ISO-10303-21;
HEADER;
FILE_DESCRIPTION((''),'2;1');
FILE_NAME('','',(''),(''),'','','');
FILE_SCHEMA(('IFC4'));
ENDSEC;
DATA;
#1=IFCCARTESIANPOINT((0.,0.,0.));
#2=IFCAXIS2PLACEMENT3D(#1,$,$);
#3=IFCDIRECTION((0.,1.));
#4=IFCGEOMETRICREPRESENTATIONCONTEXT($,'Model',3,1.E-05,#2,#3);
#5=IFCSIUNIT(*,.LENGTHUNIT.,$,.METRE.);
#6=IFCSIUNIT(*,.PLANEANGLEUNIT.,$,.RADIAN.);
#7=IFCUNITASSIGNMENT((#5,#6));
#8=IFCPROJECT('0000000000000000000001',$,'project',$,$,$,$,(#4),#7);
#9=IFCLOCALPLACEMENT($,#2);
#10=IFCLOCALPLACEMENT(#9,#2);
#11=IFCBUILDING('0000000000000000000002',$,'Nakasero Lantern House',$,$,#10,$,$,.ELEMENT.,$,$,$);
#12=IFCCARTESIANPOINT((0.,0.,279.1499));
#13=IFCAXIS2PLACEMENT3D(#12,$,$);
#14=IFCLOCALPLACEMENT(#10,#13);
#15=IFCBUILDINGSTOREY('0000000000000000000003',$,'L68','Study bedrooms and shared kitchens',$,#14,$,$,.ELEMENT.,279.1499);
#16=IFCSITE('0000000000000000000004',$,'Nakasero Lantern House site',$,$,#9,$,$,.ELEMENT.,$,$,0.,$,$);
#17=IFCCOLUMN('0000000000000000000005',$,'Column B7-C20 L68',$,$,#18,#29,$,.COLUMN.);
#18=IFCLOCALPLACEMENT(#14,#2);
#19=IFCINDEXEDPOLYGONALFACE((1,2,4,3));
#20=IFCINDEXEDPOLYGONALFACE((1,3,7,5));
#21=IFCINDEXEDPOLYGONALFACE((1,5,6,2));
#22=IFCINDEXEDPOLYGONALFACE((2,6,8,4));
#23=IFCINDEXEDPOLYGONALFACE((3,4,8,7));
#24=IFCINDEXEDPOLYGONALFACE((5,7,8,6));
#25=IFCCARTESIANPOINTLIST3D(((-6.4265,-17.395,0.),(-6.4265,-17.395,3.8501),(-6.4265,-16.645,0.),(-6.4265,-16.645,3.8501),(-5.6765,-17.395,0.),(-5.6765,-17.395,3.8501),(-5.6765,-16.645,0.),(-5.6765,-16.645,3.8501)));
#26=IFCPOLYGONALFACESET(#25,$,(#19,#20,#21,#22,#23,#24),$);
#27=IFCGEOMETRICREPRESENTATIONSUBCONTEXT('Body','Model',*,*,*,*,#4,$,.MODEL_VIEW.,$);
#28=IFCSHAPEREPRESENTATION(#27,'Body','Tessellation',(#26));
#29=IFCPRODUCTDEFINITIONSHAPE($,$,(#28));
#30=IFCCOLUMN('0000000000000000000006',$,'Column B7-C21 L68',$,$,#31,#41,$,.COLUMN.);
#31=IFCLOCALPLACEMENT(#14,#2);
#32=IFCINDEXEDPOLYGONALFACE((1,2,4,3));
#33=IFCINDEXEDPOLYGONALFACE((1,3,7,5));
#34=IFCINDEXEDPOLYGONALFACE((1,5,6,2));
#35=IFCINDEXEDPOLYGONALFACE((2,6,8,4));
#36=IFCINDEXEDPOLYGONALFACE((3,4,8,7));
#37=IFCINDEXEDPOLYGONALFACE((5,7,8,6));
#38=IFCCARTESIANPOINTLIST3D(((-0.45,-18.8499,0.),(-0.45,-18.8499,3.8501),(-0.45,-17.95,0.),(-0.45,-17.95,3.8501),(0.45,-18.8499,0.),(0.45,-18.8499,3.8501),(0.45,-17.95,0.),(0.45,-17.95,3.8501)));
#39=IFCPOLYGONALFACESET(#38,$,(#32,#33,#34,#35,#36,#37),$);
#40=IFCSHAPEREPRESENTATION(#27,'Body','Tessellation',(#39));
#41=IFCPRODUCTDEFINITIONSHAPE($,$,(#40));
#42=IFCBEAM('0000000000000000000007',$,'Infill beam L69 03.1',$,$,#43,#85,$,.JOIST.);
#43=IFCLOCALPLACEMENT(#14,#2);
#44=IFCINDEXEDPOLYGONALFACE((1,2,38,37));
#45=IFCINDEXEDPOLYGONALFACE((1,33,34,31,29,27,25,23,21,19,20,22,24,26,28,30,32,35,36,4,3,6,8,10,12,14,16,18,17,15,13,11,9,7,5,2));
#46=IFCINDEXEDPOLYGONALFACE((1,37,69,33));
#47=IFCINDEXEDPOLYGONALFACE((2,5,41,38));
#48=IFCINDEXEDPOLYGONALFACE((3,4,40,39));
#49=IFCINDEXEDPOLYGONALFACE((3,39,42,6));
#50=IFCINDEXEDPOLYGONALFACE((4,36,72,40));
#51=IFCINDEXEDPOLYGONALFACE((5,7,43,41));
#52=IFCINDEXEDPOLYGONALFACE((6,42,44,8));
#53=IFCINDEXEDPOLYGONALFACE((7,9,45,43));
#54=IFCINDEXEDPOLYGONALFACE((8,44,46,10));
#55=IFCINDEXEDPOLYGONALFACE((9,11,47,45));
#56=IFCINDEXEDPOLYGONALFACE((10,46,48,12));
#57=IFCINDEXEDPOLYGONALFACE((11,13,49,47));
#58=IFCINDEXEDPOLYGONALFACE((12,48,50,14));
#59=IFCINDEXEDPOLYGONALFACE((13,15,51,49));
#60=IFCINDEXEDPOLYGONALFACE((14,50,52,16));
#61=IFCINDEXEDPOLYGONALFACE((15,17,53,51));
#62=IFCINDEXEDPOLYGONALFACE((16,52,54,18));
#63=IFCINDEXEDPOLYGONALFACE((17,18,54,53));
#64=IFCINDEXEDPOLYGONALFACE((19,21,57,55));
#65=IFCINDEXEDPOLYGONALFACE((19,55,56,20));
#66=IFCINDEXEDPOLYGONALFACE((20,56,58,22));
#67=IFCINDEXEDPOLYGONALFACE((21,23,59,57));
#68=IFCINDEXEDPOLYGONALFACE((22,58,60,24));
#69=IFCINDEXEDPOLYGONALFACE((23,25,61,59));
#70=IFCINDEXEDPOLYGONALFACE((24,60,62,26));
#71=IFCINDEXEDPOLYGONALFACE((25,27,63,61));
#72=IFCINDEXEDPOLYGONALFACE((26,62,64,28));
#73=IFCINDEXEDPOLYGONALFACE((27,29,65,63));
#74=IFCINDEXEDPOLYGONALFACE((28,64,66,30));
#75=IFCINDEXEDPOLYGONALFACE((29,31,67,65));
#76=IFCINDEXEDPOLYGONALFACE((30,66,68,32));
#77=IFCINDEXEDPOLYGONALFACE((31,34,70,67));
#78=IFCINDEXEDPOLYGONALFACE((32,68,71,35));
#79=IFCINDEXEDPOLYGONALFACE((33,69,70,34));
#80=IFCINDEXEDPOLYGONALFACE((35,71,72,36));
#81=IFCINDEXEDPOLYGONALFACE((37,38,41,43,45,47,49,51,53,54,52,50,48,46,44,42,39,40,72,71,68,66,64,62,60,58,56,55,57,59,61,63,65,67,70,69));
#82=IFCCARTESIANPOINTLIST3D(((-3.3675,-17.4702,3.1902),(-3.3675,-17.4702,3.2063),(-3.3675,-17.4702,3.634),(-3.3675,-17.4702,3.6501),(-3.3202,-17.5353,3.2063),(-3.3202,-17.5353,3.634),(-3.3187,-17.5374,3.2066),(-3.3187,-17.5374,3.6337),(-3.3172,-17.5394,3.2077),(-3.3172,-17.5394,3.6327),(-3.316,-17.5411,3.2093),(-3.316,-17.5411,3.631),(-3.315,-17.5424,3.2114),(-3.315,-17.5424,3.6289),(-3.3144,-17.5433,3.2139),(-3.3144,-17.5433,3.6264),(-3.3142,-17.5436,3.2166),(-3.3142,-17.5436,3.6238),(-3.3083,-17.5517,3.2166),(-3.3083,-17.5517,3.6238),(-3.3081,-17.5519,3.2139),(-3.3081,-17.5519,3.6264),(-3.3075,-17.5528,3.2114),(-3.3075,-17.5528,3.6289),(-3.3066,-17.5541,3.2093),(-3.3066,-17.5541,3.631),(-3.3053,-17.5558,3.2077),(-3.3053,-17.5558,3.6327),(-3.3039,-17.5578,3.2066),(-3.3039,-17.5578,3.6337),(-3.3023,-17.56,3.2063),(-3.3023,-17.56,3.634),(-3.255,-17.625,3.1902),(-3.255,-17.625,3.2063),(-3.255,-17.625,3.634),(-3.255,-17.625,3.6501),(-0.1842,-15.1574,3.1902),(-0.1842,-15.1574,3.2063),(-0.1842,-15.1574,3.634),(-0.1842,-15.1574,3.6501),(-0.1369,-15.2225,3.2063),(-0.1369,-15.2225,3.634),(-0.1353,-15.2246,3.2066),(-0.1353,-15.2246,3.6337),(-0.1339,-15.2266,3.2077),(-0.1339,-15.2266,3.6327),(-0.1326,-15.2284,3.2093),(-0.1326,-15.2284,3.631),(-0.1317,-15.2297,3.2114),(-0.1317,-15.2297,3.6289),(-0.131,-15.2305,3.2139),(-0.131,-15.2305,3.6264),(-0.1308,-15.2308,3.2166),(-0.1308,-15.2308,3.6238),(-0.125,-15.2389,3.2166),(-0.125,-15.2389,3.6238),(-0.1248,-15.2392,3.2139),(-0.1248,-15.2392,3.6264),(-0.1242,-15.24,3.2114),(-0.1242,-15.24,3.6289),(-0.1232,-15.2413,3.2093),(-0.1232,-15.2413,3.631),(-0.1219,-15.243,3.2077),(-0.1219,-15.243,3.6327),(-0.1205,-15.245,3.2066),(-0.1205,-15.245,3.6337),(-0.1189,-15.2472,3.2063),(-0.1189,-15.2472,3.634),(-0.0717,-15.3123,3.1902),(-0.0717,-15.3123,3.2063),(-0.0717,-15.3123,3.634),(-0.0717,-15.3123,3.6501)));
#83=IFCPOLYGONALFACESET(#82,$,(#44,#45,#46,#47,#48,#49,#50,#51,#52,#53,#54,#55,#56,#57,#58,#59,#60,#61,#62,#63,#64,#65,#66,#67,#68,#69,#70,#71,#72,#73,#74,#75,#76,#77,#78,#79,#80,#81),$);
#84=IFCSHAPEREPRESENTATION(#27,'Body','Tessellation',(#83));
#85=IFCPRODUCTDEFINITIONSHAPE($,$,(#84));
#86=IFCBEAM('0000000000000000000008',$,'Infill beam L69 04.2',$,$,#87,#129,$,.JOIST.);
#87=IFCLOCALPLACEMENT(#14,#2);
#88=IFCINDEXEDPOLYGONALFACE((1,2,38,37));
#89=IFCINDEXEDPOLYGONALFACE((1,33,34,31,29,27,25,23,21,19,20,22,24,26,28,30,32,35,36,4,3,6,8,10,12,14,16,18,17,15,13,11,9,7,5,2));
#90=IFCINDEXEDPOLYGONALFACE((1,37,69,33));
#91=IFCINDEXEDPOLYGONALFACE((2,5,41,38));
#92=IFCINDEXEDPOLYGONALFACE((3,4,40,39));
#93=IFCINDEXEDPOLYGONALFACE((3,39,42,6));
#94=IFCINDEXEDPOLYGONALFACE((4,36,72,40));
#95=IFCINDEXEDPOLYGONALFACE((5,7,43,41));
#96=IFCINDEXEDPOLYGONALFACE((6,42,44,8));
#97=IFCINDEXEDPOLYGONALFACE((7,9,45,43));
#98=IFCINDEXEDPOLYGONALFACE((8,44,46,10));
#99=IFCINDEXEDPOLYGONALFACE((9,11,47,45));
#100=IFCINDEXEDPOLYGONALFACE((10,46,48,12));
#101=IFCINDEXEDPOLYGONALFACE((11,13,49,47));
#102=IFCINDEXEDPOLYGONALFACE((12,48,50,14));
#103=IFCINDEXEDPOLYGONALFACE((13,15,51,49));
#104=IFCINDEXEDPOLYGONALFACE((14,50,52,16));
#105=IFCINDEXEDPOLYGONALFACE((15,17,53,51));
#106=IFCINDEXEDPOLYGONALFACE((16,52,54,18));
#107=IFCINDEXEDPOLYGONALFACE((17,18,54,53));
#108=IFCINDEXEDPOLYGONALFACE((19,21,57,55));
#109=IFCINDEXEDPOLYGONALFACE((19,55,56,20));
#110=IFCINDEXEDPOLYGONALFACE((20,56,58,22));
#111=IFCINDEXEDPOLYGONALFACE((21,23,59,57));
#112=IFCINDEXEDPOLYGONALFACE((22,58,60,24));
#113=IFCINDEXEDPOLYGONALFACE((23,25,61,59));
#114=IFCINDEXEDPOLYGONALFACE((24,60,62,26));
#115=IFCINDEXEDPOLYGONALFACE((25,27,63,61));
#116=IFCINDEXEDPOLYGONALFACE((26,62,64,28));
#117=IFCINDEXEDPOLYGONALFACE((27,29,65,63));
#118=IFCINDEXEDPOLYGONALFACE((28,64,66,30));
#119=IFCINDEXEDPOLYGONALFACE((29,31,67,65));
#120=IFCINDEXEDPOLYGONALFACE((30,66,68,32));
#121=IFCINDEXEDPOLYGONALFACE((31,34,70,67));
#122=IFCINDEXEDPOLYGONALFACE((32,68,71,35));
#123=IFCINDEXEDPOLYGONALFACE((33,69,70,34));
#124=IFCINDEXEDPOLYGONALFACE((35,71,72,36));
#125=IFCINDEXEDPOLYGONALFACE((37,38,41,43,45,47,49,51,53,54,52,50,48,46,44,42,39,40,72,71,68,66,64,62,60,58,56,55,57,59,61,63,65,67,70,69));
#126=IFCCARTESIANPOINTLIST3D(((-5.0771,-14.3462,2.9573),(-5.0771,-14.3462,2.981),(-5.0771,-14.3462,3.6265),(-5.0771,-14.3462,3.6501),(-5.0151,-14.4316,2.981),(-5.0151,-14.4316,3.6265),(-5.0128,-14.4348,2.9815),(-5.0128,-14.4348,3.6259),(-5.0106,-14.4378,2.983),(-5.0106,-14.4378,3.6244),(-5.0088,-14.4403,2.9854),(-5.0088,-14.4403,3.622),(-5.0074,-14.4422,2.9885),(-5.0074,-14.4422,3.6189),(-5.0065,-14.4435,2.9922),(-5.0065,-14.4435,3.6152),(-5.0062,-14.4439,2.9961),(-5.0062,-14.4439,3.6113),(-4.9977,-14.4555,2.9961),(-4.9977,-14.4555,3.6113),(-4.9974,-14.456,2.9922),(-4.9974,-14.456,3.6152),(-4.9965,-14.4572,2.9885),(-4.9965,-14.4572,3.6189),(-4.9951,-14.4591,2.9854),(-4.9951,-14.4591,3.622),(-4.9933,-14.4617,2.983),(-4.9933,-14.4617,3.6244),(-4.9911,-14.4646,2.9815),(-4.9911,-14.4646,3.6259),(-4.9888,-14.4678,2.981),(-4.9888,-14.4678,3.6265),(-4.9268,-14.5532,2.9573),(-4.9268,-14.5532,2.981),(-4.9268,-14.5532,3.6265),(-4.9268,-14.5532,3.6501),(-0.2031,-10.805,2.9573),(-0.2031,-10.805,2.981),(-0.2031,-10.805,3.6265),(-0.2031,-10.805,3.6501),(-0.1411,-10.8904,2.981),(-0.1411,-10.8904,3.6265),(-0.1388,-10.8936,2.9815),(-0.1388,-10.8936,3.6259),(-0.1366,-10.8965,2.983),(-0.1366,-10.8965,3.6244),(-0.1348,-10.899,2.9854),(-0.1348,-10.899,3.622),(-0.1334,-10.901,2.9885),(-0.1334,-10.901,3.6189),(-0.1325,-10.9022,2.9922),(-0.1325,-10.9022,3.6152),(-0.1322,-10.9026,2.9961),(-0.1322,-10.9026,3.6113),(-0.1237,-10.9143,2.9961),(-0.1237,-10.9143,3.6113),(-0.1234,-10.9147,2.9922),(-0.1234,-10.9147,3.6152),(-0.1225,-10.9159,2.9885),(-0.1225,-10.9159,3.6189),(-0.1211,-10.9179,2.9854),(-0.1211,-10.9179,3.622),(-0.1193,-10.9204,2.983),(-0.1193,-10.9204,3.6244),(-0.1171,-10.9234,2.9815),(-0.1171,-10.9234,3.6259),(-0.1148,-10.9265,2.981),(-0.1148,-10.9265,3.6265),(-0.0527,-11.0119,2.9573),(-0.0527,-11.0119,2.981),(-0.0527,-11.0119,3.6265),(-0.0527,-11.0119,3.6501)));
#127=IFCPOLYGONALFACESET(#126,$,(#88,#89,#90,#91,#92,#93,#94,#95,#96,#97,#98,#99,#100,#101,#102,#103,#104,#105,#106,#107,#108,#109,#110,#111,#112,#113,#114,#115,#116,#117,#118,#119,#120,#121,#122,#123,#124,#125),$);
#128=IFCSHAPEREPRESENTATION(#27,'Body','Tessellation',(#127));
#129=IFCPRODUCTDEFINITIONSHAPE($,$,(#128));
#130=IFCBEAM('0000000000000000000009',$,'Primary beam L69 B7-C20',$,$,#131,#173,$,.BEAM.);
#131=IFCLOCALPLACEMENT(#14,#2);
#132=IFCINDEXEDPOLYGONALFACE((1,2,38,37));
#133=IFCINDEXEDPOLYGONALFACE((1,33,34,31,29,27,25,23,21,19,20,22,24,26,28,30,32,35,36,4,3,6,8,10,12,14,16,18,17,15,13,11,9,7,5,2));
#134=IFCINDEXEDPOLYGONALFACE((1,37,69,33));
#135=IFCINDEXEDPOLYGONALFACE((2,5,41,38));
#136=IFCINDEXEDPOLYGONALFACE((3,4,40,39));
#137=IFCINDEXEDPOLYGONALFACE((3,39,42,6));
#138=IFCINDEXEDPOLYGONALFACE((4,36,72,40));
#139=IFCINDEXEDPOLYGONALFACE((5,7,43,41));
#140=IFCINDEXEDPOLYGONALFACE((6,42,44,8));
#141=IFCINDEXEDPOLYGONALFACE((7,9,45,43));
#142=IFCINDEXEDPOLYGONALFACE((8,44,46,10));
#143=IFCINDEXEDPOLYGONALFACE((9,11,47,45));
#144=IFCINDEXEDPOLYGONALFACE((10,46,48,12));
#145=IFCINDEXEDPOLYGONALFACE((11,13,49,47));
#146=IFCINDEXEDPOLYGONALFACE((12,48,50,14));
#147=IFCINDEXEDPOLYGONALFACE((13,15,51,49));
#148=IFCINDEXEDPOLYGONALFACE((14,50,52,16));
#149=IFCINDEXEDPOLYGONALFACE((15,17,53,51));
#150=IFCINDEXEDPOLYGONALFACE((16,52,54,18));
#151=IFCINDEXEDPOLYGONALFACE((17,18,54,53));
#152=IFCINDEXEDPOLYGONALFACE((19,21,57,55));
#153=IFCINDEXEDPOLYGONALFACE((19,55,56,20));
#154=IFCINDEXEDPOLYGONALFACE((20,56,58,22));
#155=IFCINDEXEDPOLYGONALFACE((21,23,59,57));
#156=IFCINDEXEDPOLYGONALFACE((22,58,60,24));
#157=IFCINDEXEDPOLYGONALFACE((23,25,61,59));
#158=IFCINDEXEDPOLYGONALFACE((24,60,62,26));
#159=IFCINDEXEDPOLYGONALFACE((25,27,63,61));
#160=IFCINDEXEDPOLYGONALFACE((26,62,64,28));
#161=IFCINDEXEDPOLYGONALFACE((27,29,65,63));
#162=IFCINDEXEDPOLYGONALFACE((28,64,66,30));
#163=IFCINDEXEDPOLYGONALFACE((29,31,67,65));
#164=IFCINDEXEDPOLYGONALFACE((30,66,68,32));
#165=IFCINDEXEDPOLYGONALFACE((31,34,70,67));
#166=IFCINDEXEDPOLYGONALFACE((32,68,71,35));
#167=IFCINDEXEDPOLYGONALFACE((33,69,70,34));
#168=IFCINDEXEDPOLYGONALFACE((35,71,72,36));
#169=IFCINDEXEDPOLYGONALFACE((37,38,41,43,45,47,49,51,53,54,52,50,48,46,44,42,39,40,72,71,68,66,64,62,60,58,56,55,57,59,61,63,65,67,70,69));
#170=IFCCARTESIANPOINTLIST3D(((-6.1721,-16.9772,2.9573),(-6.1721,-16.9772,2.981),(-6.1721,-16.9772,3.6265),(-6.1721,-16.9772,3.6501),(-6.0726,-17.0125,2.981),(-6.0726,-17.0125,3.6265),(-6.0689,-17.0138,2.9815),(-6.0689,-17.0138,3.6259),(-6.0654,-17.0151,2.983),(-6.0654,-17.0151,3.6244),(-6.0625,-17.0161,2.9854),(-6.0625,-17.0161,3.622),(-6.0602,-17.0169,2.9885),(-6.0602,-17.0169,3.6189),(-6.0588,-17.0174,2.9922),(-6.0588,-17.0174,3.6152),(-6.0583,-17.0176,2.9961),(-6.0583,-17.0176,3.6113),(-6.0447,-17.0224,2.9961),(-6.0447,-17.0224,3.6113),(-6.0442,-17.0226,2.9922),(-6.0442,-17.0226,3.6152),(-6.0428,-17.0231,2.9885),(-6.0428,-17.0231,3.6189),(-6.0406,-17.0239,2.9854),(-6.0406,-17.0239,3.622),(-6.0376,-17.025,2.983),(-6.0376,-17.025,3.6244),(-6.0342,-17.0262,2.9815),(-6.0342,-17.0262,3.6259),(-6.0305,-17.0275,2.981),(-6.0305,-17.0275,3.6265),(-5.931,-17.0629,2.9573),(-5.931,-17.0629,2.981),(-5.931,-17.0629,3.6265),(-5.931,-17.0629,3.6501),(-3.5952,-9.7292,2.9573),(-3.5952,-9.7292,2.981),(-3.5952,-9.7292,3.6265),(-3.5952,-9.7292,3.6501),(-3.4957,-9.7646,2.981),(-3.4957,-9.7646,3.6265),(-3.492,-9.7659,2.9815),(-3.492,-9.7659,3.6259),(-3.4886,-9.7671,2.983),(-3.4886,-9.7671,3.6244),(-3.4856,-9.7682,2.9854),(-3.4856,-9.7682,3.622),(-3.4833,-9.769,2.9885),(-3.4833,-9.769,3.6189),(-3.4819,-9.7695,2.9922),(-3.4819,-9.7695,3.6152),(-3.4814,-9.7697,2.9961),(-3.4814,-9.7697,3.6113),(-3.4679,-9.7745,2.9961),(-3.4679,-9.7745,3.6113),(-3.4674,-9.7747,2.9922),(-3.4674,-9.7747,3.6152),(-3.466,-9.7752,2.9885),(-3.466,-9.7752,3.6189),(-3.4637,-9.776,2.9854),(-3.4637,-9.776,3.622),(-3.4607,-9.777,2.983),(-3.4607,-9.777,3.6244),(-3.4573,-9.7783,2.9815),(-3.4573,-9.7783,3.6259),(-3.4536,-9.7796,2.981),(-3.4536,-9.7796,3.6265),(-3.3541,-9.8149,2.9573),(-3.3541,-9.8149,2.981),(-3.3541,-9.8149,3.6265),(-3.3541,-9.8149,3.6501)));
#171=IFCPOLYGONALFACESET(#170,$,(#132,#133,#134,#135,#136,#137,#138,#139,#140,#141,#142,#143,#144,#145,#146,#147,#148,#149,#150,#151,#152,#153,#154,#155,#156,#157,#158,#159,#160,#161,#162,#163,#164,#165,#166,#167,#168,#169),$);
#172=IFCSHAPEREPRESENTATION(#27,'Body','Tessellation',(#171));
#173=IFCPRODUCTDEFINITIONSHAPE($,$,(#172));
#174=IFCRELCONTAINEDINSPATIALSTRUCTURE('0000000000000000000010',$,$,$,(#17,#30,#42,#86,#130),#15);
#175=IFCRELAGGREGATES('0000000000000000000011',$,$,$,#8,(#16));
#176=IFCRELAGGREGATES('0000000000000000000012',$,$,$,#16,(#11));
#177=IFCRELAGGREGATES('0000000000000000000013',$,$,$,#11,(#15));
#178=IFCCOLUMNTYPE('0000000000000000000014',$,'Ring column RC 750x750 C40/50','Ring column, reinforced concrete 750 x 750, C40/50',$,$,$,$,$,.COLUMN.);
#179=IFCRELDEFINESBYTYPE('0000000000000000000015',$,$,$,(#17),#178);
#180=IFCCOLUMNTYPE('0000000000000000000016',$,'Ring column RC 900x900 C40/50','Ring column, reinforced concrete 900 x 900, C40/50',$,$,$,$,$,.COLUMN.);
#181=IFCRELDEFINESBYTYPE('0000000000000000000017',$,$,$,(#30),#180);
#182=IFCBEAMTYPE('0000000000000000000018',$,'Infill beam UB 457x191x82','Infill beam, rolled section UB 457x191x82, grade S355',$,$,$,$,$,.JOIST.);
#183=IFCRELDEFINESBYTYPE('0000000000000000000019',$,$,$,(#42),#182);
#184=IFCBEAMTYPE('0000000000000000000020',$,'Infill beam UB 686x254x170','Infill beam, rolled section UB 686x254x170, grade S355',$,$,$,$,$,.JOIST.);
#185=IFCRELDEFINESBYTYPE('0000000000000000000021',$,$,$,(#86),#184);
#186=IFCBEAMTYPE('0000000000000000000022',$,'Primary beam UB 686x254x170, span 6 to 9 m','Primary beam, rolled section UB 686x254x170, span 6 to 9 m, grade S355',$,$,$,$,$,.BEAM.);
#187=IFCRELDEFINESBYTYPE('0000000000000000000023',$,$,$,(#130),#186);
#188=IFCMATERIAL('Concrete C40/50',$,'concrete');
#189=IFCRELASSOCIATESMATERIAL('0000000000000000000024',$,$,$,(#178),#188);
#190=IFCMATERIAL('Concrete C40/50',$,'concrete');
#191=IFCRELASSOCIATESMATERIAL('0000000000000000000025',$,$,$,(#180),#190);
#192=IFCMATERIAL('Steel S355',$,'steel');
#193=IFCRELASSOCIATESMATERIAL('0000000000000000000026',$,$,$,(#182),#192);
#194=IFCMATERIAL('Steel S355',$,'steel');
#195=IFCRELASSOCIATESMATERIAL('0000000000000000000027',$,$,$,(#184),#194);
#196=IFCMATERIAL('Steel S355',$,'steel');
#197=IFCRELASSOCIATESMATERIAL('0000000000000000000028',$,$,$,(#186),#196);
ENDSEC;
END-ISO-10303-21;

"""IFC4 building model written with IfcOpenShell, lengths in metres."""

from ifc_helpers import new_model, si_unit, direction, frame, origin, origin_2d, place, context, subcontext, project, spatial, rectangle, i_section, extrude, material, material_profile, profile_set, type_object, element, save


model = new_model("IFC4")

# Units and contexts
model_context = context("Model", 3, precision=1e-05, world=origin(), true_north=direction((0.0, 1.0)))
body_context = subcontext(model_context, "Body", "Model", "MODEL_VIEW")
ifc_project = project(units=[si_unit("LENGTHUNIT", "METRE"), si_unit("PLANEANGLEUNIT", "RADIAN")], contexts=[model_context])

# Site, building, storey
site_placement = place(None, origin())
site = spatial("IfcSite", under=ifc_project, at=site_placement, Name="Nakasero Lantern House site", CompositionType="ELEMENT", RefElevation=0.0)
building_placement = place(site_placement, origin())
building = spatial("IfcBuilding", under=site, at=building_placement, Name="Nakasero Lantern House", CompositionType="ELEMENT")
storey_placement = place(building_placement, frame((0.0, 0.0, 279.1499)))
storey = spatial("IfcBuildingStorey", under=building, at=storey_placement, Name="L68", Description="Study bedrooms and shared kitchens", CompositionType="ELEMENT", Elevation=279.1499)

# Columns
ifc_material_1 = material(Name="Concrete C40/50", Category="concrete")
ifc_material_profile_1 = material_profile(ifc_material_1, rectangle(XDim=0.75, YDim=0.75, at=origin_2d()), Name="RC 750x750")
ifc_profile_set_1 = profile_set([ifc_material_profile_1], Name="Concrete C40/50")
column_type_1 = type_object("IfcColumnType", Name="Ring column RC 750x750 C40/50", Description="Ring column, reinforced concrete 750 x 750, C40/50", PredefinedType="COLUMN", material=ifc_profile_set_1)
column_1_placement = place(storey_placement, frame((-6.0515, -17.02, 0.0), z_axis=(0.0, 0.0, 1.0), x_axis=(1.0, 0.0, 0.0)))
element("IfcColumn", 1, at=column_1_placement, inside=storey, type_object=column_type_1, Name="Column B7-C20 L68", PredefinedType="COLUMN", context=body_context, shape_type="SweptSolid", body=[
    extrude(rectangle(XDim=0.75, YDim=0.75, at=origin_2d()), origin(), (0.0, 0.0, 1.0), 3.8501),
])
ifc_material_2 = material(Name="Concrete C40/50", Category="concrete")
ifc_material_profile_2 = material_profile(ifc_material_2, rectangle(XDim=0.8999, YDim=0.8999, at=origin_2d()), Name="RC 900x900")
ifc_profile_set_2 = profile_set([ifc_material_profile_2], Name="Concrete C40/50")
column_type_2 = type_object("IfcColumnType", Name="Ring column RC 900x900 C40/50", Description="Ring column, reinforced concrete 900 x 900, C40/50", PredefinedType="COLUMN", material=ifc_profile_set_2)
column_2_placement = place(storey_placement, frame((0.0, -18.3999, 0.0), z_axis=(0.0, 0.0, 1.0), x_axis=(1.0, 0.0, 0.0)))
element("IfcColumn", 2, at=column_2_placement, inside=storey, type_object=column_type_2, Name="Column B7-C21 L68", PredefinedType="COLUMN", context=body_context, shape_type="SweptSolid", body=[
    extrude(rectangle(XDim=0.8999, YDim=0.8999, at=origin_2d()), origin(), (0.0, 0.0, 1.0), 3.8501),
])

# Beams
ifc_material_3 = material(Name="Steel S355", Category="steel")
ifc_material_profile_3 = material_profile(ifc_material_3, i_section(OverallWidth=0.1914, OverallDepth=0.46, WebThickness=0.01, FlangeThickness=0.0161, FilletRadius=0.0103, at=origin_2d()), Name="UB 457x191x82")
ifc_profile_set_3 = profile_set([ifc_material_profile_3], Name="Steel S355")
beam_type_1 = type_object("IfcBeamType", Name="Infill beam UB 457x191x82", Description="Infill beam, rolled section UB 457x191x82, grade S355", PredefinedType="JOIST", material=ifc_profile_set_3)
beam_1_placement = place(storey_placement, frame((-3.3113, -17.5476, 3.4202), z_axis=(0.809028, 0.587769, 0.0), x_axis=(-0.587769, 0.809028, 0.0)))
element("IfcBeam", 3, at=beam_1_placement, inside=storey, type_object=beam_type_1, Name="Infill beam L69 03.1", PredefinedType="JOIST", context=body_context, shape_type="SweptSolid", body=[
    extrude(i_section(OverallWidth=0.1914, OverallDepth=0.46, WebThickness=0.01, FlangeThickness=0.0161, FilletRadius=0.0103, at=origin_2d()), origin(), (0.0, 0.0, 1.0), 3.9348),
])
ifc_material_4 = material(Name="Steel S355", Category="steel")
ifc_material_profile_4 = material_profile(ifc_material_4, i_section(OverallWidth=0.2559, OverallDepth=0.6929, WebThickness=0.0144, FlangeThickness=0.0237, FilletRadius=0.0151, at=origin_2d()), Name="UB 686x254x170")
ifc_profile_set_4 = profile_set([ifc_material_profile_4], Name="Steel S355")
beam_type_2 = type_object("IfcBeamType", Name="Infill beam UB 686x254x170", Description="Infill beam, rolled section UB 686x254x170, grade S355", PredefinedType="JOIST", material=ifc_profile_set_4)
beam_2_placement = place(storey_placement, frame((-5.002, -14.4497, 3.3037), z_axis=(0.809011, 0.587793, 0.0), x_axis=(-0.587793, 0.809011, 0.0)))
element("IfcBeam", 4, at=beam_2_placement, inside=storey, type_object=beam_type_2, Name="Infill beam L69 04.2", PredefinedType="JOIST", context=body_context, shape_type="SweptSolid", body=[
    extrude(i_section(OverallWidth=0.2559, OverallDepth=0.6929, WebThickness=0.0144, FlangeThickness=0.0237, FilletRadius=0.0151, at=origin_2d()), origin(), (0.0, 0.0, 1.0), 6.0247),
])
ifc_material_5 = material(Name="Steel S355", Category="steel")
ifc_material_profile_5 = material_profile(ifc_material_5, i_section(OverallWidth=0.2559, OverallDepth=0.6929, WebThickness=0.0144, FlangeThickness=0.0237, FilletRadius=0.0151, at=origin_2d()), Name="UB 686x254x170")
ifc_profile_set_5 = profile_set([ifc_material_profile_5], Name="Steel S355")
beam_type_3 = type_object("IfcBeamType", Name="Primary beam UB 686x254x170, span 6 to 9 m", Description="Primary beam, rolled section UB 686x254x170, span 6 to 9 m, grade S355", PredefinedType="BEAM", material=ifc_profile_set_5)
beam_3_placement = place(storey_placement, frame((-6.0515, -17.02, 3.3037), z_axis=(0.334989, 0.942222, 0.0), x_axis=(-0.942222, 0.334989, 0.0)))
element("IfcBeam", 5, at=beam_3_placement, inside=storey, type_object=beam_type_3, Name="Primary beam L69 B7-C20", PredefinedType="BEAM", context=body_context, shape_type="SweptSolid", body=[
    extrude(i_section(OverallWidth=0.2559, OverallDepth=0.6929, WebThickness=0.0144, FlangeThickness=0.0237, FilletRadius=0.0151, at=origin_2d()), origin(), (0.0, 0.0, 1.0), 7.6924),
])

save(model, "model.ifc")
